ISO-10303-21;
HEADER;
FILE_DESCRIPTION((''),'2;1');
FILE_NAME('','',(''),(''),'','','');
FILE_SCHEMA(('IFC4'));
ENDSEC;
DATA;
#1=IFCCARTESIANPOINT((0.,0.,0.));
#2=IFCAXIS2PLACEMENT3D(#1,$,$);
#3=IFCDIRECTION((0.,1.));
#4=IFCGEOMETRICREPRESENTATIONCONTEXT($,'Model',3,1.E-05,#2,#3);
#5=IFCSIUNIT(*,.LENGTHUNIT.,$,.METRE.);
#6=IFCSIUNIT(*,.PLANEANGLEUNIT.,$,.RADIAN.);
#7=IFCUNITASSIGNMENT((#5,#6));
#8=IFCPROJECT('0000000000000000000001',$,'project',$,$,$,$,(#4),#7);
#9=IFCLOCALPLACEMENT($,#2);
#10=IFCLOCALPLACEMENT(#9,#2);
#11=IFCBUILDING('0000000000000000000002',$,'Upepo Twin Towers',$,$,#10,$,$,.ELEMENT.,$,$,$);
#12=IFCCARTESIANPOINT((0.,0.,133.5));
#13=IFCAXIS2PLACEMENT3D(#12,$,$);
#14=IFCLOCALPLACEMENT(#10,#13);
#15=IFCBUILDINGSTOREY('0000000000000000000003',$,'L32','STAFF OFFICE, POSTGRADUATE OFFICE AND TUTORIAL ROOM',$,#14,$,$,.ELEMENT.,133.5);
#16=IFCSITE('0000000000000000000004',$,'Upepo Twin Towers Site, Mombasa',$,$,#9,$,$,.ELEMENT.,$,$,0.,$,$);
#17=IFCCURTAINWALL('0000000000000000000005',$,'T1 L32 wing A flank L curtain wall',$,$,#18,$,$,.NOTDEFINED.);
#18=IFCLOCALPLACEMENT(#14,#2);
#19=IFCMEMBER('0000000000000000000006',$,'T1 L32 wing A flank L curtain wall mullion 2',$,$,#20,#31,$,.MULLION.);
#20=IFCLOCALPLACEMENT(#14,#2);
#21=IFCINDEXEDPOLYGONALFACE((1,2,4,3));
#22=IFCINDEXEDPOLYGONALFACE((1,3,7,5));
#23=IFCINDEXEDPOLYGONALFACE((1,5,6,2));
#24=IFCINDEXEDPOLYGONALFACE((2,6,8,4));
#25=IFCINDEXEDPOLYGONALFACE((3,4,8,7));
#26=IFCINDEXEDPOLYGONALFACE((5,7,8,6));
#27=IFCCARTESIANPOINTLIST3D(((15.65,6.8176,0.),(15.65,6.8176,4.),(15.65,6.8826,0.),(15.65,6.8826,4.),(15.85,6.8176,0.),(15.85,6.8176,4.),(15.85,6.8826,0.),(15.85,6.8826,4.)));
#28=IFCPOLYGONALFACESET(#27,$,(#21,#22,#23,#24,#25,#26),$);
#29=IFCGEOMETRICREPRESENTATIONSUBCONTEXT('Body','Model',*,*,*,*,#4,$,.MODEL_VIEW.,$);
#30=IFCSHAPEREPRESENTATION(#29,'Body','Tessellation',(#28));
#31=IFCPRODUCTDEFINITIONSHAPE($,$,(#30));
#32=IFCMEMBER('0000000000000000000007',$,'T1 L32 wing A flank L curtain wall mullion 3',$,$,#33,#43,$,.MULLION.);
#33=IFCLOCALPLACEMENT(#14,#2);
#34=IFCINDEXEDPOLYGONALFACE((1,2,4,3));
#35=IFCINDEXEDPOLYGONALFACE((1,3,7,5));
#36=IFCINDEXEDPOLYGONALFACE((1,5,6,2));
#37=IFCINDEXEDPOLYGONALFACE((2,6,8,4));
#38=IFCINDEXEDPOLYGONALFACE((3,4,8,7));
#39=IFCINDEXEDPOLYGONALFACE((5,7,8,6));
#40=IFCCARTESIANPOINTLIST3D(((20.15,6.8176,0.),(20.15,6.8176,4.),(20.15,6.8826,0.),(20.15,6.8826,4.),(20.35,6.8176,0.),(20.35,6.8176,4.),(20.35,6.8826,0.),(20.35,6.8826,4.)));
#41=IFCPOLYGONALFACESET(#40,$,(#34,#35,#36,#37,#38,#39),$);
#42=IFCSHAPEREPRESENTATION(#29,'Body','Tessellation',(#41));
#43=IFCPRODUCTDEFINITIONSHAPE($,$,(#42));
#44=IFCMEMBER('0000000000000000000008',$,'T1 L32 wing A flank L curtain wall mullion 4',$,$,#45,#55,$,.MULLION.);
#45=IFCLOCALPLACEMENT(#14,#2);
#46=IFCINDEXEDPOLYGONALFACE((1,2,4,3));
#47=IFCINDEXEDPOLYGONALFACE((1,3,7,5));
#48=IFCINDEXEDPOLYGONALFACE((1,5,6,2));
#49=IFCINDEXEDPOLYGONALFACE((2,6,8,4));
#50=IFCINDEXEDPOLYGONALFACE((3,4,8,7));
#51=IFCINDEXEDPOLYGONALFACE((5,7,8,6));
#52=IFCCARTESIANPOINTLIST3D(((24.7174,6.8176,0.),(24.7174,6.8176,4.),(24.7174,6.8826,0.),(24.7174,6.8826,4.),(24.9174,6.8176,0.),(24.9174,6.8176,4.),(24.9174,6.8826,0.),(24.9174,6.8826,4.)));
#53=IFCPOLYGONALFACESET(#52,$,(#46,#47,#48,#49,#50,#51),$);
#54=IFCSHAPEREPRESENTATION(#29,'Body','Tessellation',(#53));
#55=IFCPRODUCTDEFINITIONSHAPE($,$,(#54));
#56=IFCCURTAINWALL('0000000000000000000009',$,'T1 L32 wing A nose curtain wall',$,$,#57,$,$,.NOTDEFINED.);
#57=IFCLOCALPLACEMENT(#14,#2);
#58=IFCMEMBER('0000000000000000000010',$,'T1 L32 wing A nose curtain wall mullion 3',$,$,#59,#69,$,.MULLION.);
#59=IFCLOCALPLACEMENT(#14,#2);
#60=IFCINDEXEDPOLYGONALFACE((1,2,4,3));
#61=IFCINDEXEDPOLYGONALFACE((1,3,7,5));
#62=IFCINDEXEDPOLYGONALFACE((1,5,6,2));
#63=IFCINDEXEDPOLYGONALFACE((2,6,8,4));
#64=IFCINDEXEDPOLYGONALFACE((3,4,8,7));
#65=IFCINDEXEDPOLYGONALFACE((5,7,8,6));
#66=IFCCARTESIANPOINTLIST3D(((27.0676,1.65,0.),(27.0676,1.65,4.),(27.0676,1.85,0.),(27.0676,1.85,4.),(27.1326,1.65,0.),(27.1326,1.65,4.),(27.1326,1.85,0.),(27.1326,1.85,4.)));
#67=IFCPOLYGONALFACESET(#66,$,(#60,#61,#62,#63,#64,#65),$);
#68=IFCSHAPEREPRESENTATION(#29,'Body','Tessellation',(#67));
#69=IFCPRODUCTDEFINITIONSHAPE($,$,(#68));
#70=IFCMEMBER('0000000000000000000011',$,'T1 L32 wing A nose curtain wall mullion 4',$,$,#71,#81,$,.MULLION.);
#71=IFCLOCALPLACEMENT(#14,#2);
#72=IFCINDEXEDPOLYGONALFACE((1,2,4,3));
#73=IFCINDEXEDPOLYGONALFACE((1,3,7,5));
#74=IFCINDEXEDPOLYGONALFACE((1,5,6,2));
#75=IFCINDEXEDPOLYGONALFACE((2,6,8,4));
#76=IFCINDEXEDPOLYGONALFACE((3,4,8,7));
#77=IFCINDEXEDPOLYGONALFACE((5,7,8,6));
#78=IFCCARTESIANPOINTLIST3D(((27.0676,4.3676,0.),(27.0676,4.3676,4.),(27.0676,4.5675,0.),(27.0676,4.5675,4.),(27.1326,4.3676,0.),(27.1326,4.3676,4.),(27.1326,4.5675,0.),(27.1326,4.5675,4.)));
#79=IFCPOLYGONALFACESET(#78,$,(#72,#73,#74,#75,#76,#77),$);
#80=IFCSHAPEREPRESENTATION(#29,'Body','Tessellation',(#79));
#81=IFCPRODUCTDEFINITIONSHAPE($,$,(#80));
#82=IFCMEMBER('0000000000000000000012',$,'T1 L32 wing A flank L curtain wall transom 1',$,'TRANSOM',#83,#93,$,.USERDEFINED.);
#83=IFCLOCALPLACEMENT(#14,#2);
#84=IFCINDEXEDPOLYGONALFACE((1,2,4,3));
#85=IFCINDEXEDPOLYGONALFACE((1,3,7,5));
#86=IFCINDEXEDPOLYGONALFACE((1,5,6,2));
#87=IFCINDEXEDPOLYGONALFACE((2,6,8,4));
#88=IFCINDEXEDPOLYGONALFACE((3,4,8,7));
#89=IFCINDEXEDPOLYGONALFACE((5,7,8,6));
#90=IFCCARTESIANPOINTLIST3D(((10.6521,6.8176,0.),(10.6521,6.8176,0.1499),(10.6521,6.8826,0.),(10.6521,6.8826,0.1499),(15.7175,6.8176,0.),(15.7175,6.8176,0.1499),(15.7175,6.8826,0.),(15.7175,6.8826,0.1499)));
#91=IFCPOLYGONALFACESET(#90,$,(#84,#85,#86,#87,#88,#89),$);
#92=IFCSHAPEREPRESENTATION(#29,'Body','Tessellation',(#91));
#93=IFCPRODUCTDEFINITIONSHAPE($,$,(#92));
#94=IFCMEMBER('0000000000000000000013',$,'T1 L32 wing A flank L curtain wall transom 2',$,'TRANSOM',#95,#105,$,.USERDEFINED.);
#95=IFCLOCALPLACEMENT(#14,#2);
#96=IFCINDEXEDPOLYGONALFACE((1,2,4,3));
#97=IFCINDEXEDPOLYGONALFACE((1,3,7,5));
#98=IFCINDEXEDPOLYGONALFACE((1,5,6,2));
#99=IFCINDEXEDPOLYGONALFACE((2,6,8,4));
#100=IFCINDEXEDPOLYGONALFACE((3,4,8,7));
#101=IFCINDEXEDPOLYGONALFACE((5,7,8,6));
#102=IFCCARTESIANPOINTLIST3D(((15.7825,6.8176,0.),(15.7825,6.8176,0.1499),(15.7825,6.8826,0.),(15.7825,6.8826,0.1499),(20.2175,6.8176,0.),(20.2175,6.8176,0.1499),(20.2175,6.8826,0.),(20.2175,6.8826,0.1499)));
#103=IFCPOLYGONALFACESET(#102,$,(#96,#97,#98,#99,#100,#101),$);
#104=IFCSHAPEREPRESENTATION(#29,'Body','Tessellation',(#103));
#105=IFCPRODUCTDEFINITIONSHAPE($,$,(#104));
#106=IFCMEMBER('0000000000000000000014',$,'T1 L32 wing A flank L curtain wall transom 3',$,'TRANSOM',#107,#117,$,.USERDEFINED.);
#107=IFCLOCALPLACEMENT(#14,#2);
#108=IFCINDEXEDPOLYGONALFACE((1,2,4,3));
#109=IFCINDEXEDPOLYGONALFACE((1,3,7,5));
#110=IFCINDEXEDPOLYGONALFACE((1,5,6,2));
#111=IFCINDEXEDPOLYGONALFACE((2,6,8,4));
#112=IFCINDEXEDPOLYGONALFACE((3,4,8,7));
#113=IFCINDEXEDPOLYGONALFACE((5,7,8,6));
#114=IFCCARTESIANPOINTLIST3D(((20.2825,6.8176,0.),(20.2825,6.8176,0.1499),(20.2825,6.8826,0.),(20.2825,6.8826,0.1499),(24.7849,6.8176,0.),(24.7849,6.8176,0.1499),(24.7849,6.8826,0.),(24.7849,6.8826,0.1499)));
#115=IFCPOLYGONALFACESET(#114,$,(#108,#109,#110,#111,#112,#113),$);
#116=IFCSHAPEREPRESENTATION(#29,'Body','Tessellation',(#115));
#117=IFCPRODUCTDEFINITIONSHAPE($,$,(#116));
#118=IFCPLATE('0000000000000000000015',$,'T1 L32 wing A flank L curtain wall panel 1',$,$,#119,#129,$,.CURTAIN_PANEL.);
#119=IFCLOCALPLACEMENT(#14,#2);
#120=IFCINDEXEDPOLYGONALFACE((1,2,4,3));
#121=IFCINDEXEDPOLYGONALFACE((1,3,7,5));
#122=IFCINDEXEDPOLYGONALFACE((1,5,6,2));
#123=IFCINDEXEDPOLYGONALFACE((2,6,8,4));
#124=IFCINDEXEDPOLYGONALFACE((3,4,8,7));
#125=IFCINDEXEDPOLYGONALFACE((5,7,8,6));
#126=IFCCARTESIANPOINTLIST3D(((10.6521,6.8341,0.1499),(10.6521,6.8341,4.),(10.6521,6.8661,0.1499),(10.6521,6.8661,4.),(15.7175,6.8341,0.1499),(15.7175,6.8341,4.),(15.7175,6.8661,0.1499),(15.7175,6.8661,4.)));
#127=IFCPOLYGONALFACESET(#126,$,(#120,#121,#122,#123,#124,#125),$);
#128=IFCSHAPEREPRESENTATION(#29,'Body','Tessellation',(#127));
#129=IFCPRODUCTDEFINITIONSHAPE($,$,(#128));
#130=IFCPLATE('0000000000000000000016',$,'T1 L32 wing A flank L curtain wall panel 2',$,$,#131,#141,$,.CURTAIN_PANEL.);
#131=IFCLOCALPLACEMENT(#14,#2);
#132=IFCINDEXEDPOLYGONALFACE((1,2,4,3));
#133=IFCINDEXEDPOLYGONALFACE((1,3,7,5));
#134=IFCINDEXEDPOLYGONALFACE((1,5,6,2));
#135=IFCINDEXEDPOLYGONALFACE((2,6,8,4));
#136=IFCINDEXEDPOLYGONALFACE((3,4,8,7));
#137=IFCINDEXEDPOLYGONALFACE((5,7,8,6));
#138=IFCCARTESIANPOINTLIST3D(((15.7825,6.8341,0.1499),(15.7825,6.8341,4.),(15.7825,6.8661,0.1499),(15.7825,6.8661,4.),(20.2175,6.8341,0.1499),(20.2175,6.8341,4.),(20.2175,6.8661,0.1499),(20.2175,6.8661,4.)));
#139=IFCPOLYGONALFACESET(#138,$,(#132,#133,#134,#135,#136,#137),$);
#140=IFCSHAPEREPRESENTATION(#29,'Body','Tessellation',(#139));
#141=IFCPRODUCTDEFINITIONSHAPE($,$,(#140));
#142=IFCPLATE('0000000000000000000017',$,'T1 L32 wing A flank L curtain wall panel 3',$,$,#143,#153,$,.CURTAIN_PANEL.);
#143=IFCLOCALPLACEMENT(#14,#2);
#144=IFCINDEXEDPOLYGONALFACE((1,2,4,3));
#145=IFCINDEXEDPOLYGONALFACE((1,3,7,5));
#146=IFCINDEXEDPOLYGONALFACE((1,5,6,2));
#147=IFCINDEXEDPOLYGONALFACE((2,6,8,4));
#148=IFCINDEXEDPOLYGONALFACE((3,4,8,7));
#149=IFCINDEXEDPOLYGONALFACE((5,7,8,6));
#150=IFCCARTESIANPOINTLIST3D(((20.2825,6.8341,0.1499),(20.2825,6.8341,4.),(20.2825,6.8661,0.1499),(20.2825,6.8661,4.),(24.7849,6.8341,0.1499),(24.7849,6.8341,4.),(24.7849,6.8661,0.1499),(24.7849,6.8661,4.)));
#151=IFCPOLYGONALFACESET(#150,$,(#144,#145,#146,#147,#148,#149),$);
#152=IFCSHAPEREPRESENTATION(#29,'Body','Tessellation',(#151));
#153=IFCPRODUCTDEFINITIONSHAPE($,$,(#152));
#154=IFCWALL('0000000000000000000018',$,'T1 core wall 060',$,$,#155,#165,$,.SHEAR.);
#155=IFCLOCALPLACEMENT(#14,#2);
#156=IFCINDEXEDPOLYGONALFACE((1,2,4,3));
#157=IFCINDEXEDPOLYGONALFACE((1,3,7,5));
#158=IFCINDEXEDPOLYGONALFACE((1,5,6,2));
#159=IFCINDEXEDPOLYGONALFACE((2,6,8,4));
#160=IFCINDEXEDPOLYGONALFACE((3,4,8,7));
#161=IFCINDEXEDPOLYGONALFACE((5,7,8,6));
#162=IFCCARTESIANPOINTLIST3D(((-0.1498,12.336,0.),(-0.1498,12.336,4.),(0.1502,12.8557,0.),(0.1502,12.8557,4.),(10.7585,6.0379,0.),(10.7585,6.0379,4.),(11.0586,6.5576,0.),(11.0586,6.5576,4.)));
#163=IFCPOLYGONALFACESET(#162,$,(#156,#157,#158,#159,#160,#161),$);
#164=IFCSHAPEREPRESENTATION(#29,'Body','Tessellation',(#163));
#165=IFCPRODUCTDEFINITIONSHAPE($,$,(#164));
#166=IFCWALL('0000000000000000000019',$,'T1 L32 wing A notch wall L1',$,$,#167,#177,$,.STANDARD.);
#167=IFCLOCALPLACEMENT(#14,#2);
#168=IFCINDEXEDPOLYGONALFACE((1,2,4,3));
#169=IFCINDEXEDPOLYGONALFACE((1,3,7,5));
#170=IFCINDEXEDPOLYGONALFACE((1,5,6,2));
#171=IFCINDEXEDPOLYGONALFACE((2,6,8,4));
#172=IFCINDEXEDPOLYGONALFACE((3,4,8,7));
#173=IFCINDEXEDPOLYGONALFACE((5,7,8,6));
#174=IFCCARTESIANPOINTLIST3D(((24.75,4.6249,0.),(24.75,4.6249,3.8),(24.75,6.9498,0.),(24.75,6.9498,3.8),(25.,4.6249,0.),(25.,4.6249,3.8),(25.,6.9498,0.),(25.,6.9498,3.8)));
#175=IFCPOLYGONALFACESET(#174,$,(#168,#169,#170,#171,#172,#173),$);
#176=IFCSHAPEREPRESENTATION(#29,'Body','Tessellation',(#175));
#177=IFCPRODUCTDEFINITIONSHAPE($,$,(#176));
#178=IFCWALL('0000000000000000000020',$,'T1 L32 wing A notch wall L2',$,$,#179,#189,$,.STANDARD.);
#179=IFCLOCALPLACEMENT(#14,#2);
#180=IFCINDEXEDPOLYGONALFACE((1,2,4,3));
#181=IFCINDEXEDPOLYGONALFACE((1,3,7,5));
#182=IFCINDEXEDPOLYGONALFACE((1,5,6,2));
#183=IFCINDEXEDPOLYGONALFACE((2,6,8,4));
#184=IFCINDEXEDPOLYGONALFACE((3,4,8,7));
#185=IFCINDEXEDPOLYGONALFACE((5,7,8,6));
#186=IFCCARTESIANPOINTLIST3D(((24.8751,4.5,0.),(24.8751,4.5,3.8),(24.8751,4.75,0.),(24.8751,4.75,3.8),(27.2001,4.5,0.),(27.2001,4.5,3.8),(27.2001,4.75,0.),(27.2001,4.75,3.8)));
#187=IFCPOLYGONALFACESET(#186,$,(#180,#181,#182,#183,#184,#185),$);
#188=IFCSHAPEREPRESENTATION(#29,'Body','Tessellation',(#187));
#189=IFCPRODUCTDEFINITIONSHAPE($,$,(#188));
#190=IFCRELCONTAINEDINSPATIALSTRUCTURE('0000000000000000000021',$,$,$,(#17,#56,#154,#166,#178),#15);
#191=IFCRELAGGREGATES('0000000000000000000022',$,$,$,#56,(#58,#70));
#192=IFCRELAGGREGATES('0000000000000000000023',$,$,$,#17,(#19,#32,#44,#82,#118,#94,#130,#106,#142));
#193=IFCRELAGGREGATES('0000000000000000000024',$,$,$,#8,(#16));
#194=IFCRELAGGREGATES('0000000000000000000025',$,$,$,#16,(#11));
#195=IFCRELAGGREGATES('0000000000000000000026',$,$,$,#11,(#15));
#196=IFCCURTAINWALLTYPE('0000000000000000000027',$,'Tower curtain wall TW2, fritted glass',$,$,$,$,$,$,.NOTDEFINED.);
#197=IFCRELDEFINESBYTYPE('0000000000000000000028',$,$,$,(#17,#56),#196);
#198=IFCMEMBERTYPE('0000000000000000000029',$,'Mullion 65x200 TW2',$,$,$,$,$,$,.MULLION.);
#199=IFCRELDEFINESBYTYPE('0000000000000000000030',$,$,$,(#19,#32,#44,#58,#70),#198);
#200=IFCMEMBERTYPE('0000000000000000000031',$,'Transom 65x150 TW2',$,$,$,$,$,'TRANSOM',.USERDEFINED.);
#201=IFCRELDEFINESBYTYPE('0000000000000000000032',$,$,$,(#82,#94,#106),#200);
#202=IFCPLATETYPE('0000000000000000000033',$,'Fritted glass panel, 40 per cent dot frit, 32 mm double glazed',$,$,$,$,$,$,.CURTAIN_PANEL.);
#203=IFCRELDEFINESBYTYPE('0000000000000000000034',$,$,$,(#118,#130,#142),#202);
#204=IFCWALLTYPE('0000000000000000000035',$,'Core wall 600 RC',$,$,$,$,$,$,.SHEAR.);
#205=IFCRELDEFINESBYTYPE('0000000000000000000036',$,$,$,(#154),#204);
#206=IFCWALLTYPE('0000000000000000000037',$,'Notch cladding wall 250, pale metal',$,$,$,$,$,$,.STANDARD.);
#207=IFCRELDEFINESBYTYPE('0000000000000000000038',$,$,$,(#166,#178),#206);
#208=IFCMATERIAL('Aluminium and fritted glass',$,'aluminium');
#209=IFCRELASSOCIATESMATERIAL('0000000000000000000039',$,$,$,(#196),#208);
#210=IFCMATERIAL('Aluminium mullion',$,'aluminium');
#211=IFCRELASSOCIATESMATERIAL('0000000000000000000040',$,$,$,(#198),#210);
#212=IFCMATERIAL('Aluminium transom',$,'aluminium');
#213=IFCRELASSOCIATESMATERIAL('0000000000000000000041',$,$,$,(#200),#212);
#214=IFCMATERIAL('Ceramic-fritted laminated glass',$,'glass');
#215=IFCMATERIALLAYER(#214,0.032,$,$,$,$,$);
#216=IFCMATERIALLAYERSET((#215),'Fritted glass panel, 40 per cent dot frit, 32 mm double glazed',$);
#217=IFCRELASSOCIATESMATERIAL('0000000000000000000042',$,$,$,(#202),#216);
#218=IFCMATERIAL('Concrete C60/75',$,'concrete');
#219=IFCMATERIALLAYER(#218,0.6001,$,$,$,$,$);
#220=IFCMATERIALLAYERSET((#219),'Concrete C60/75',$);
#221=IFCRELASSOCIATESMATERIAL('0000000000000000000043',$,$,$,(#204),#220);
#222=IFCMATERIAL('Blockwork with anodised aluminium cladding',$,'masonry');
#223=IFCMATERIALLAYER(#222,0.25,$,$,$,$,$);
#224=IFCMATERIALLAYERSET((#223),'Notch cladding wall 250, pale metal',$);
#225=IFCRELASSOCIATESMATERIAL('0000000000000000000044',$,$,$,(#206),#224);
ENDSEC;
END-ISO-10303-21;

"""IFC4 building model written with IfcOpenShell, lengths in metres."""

from ifc_helpers import new_model, si_unit, direction, frame, frame_2d, origin, origin_2d, place, context, subcontext, project, spatial, rectangle, extrude, material, layer, layer_set, material_profile, profile_set, type_object, element, aggregate, save


model = new_model("IFC4")

# Units and contexts
model_context = context("Model", 3, precision=1e-05, world=origin(), true_north=direction((0.0, 1.0)))
body_context = subcontext(model_context, "Body", "Model", "MODEL_VIEW")
ifc_project = project(units=[si_unit("LENGTHUNIT", "METRE"), si_unit("PLANEANGLEUNIT", "RADIAN")], contexts=[model_context])

# Site, building, storey
site_placement = place(None, origin())
site = spatial("IfcSite", under=ifc_project, at=site_placement, Name="Upepo Twin Towers Site, Mombasa", CompositionType="ELEMENT", RefElevation=0.0)
building_placement = place(site_placement, origin())
building = spatial("IfcBuilding", under=site, at=building_placement, Name="Upepo Twin Towers", CompositionType="ELEMENT")
storey_placement = place(building_placement, frame((0.0, 0.0, 133.5)))
storey = spatial("IfcBuildingStorey", under=building, at=storey_placement, Name="L32", Description="STAFF OFFICE, POSTGRADUATE OFFICE AND TUTORIAL ROOM", CompositionType="ELEMENT", Elevation=133.5)

# Curtain walls, members
ifc_material_1 = material(Name="Aluminium and fritted glass", Category="aluminium")
curtain_wall_type = type_object("IfcCurtainWallType", Name="Tower curtain wall TW2, fritted glass", PredefinedType="NOTDEFINED", material=ifc_material_1)
curtain_wall_1_placement = place(storey_placement, origin())
curtain_wall_1 = element("IfcCurtainWall", 1, at=curtain_wall_1_placement, inside=storey, type_object=curtain_wall_type, Name="T1 L32 wing A flank L curtain wall", PredefinedType="NOTDEFINED")
ifc_material_2 = material(Name="Aluminium mullion", Category="aluminium")
ifc_material_profile_1 = material_profile(ifc_material_2, rectangle(XDim=0.0649, YDim=0.2, at=origin_2d()), Name="MULLION 65x200")
ifc_profile_set_1 = profile_set([ifc_material_profile_1], Name="Aluminium mullion")
member_type_1 = type_object("IfcMemberType", Name="Mullion 65x200 TW2", PredefinedType="MULLION", material=ifc_profile_set_1)
member_1_placement = place(storey_placement, frame((15.75, 6.8501, 0.0), z_axis=(0.0, 0.0, 1.0), x_axis=(0.0, 1.0, 0.0)))
member_1 = element("IfcMember", 2, at=member_1_placement, type_object=member_type_1, Name="T1 L32 wing A flank L curtain wall mullion 2", PredefinedType="MULLION", context=body_context, shape_type="SweptSolid", body=[
    extrude(rectangle(XDim=0.0649, YDim=0.2, at=origin_2d()), origin(), (0.0, 0.0, 1.0), 4.0),
])
member_2_placement = place(storey_placement, frame((20.25, 6.8501, 0.0), z_axis=(0.0, 0.0, 1.0), x_axis=(0.0, 1.0, 0.0)))
member_2 = element("IfcMember", 3, at=member_2_placement, type_object=member_type_1, Name="T1 L32 wing A flank L curtain wall mullion 3", PredefinedType="MULLION", context=body_context, shape_type="SweptSolid", body=[
    extrude(rectangle(XDim=0.0649, YDim=0.2, at=origin_2d()), origin(), (0.0, 0.0, 1.0), 4.0),
])
member_3_placement = place(storey_placement, frame((24.8174, 6.8501, 0.0), z_axis=(0.0, 0.0, 1.0), x_axis=(0.0, 1.0, 0.0)))
member_3 = element("IfcMember", 4, at=member_3_placement, type_object=member_type_1, Name="T1 L32 wing A flank L curtain wall mullion 4", PredefinedType="MULLION", context=body_context, shape_type="SweptSolid", body=[
    extrude(rectangle(XDim=0.0649, YDim=0.2, at=origin_2d()), origin(), (0.0, 0.0, 1.0), 4.0),
])
curtain_wall_2_placement = place(storey_placement, origin())
curtain_wall_2 = element("IfcCurtainWall", 5, at=curtain_wall_2_placement, inside=storey, type_object=curtain_wall_type, Name="T1 L32 wing A nose curtain wall", PredefinedType="NOTDEFINED")
member_4_placement = place(storey_placement, frame((27.1001, 1.75, 0.0), z_axis=(0.0, 0.0, 1.0), x_axis=(-1.0, 0.0, 0.0)))
member_4 = element("IfcMember", 6, at=member_4_placement, type_object=member_type_1, Name="T1 L32 wing A nose curtain wall mullion 3", PredefinedType="MULLION", context=body_context, shape_type="SweptSolid", body=[
    extrude(rectangle(XDim=0.0649, YDim=0.2, at=origin_2d()), origin(), (0.0, 0.0, 1.0), 4.0),
])
member_5_placement = place(storey_placement, frame((27.1001, 4.4675, 0.0), z_axis=(0.0, 0.0, 1.0), x_axis=(-1.0, 0.0, 0.0)))
member_5 = element("IfcMember", 7, at=member_5_placement, type_object=member_type_1, Name="T1 L32 wing A nose curtain wall mullion 4", PredefinedType="MULLION", context=body_context, shape_type="SweptSolid", body=[
    extrude(rectangle(XDim=0.0649, YDim=0.2, at=origin_2d()), origin(), (0.0, 0.0, 1.0), 4.0),
])
aggregate(curtain_wall_2, [member_4, member_5])

# Members
ifc_material_3 = material(Name="Aluminium transom", Category="aluminium")
ifc_material_profile_2 = material_profile(ifc_material_3, rectangle(XDim=0.0649, YDim=0.1499, at=origin_2d()), Name="TRANSOM 65x150")
ifc_profile_set_2 = profile_set([ifc_material_profile_2], Name="Aluminium transom")
member_type_2 = type_object("IfcMemberType", Name="Transom 65x150 TW2", ElementType="TRANSOM", PredefinedType="USERDEFINED", material=ifc_profile_set_2)
member_6_placement = place(storey_placement, frame((10.6521, 6.8501, 0.075), z_axis=(1.0, 0.0, 0.0), x_axis=(0.0, 1.0, 0.0)))
member_6 = element("IfcMember", 8, at=member_6_placement, type_object=member_type_2, Name="T1 L32 wing A flank L curtain wall transom 1", ObjectType="TRANSOM", PredefinedType="USERDEFINED", context=body_context, shape_type="SweptSolid", body=[
    extrude(rectangle(XDim=0.0649, YDim=0.1499, at=origin_2d()), origin(), (0.0, 0.0, 1.0), 5.0654),
])
member_7_placement = place(storey_placement, frame((15.7825, 6.8501, 0.075), z_axis=(1.0, 0.0, 0.0), x_axis=(0.0, 1.0, 0.0)))
member_7 = element("IfcMember", 9, at=member_7_placement, type_object=member_type_2, Name="T1 L32 wing A flank L curtain wall transom 2", ObjectType="TRANSOM", PredefinedType="USERDEFINED", context=body_context, shape_type="SweptSolid", body=[
    extrude(rectangle(XDim=0.0649, YDim=0.1499, at=origin_2d()), origin(), (0.0, 0.0, 1.0), 4.4351),
])
member_8_placement = place(storey_placement, frame((20.2825, 6.8501, 0.075), z_axis=(1.0, 0.0, 0.0), x_axis=(0.0, 1.0, 0.0)))
member_8 = element("IfcMember", 10, at=member_8_placement, type_object=member_type_2, Name="T1 L32 wing A flank L curtain wall transom 3", ObjectType="TRANSOM", PredefinedType="USERDEFINED", context=body_context, shape_type="SweptSolid", body=[
    extrude(rectangle(XDim=0.0649, YDim=0.1499, at=origin_2d()), origin(), (0.0, 0.0, 1.0), 4.5024),
])

# Plates
ifc_material_4 = material(Name="Ceramic-fritted laminated glass", Category="glass")
ifc_layer_1 = layer(ifc_material_4, 0.032)
ifc_layer_set_1 = layer_set([ifc_layer_1], Name="Fritted glass panel, 40 per cent dot frit, 32 mm double glazed")
plate_type = type_object("IfcPlateType", Name="Fritted glass panel, 40 per cent dot frit, 32 mm double glazed", PredefinedType="CURTAIN_PANEL", material=ifc_layer_set_1)
plate_1_placement = place(storey_placement, frame((13.1848, 6.8501, 0.1499), z_axis=(0.0, 0.0, 1.0), x_axis=(1.0, 0.0, 0.0)))
plate_1 = element("IfcPlate", 11, at=plate_1_placement, type_object=plate_type, Name="T1 L32 wing A flank L curtain wall panel 1", PredefinedType="CURTAIN_PANEL", context=body_context, shape_type="SweptSolid", body=[
    extrude(rectangle(XDim=5.0654, YDim=0.032, at=origin_2d()), origin(), (0.0, 0.0, 1.0), 3.8501),
])
plate_2_placement = place(storey_placement, frame((18.0, 6.8501, 0.1499), z_axis=(0.0, 0.0, 1.0), x_axis=(1.0, 0.0, 0.0)))
plate_2 = element("IfcPlate", 12, at=plate_2_placement, type_object=plate_type, Name="T1 L32 wing A flank L curtain wall panel 2", PredefinedType="CURTAIN_PANEL", context=body_context, shape_type="SweptSolid", body=[
    extrude(rectangle(XDim=4.4351, YDim=0.032, at=origin_2d()), origin(), (0.0, 0.0, 1.0), 3.8501),
])
plate_3_placement = place(storey_placement, frame((22.5337, 6.8501, 0.1499), z_axis=(0.0, 0.0, 1.0), x_axis=(1.0, 0.0, 0.0)))
plate_3 = element("IfcPlate", 13, at=plate_3_placement, type_object=plate_type, Name="T1 L32 wing A flank L curtain wall panel 3", PredefinedType="CURTAIN_PANEL", context=body_context, shape_type="SweptSolid", body=[
    extrude(rectangle(XDim=4.5024, YDim=0.032, at=origin_2d()), origin(), (0.0, 0.0, 1.0), 3.8501),
])
aggregate(curtain_wall_1, [member_1, member_2, member_3, member_6, plate_1, member_7, plate_2, member_8, plate_3])

# Walls
ifc_material_5 = material(Name="Concrete C60/75", Category="concrete")
ifc_layer_2 = layer(ifc_material_5, 0.6001)
ifc_layer_set_2 = layer_set([ifc_layer_2], Name="Concrete C60/75")
wall_type_1 = type_object("IfcWallType", Name="Core wall 600 RC", PredefinedType="SHEAR", material=ifc_layer_set_2)
wall_1_placement = place(storey_placement, frame((10.9084, 6.2979, 0.0), z_axis=(0.0, 0.0, 1.0), x_axis=(-0.866022, 0.500006, 0.0)))
element("IfcWall", 14, at=wall_1_placement, inside=storey, type_object=wall_type_1, Name="T1 core wall 060", PredefinedType="SHEAR", context=body_context, shape_type="SweptSolid", body=[
    extrude(rectangle(XDim=12.5959, YDim=0.6001, at=frame_2d((6.2979, 0.0))), origin(), (0.0, 0.0, 1.0), 4.0),
])
ifc_material_6 = material(Name="Blockwork with anodised aluminium cladding", Category="masonry")
ifc_layer_3 = layer(ifc_material_6, 0.25)
ifc_layer_set_3 = layer_set([ifc_layer_3], Name="Notch cladding wall 250, pale metal")
wall_type_2 = type_object("IfcWallType", Name="Notch cladding wall 250, pale metal", PredefinedType="STANDARD", material=ifc_layer_set_3)
for number, where, z_axis, x_axis, name in (
    (15, (24.875, 6.95, 0.0), (0.0, 0.0, 1.0), (0.0, -1.0, 0.0), "T1 L32 wing A notch wall L1"),
    (16, (24.875, 4.625, 0.0), (0.0, 0.0, 1.0), (1.0, 0.0, 0.0), "T1 L32 wing A notch wall L2"),
):
    element("IfcWall", number, at=place(storey_placement, frame(where, z_axis=z_axis, x_axis=x_axis)), inside=storey, type_object=wall_type_2, Name=name, PredefinedType="STANDARD", context=body_context, shape_type="SweptSolid", body=[
        extrude(rectangle(XDim=2.325, YDim=0.25, at=frame_2d((1.1626, 0.0))), origin(), (0.0, 0.0, 1.0), 3.8),
    ])

save(model, "model.ifc")
